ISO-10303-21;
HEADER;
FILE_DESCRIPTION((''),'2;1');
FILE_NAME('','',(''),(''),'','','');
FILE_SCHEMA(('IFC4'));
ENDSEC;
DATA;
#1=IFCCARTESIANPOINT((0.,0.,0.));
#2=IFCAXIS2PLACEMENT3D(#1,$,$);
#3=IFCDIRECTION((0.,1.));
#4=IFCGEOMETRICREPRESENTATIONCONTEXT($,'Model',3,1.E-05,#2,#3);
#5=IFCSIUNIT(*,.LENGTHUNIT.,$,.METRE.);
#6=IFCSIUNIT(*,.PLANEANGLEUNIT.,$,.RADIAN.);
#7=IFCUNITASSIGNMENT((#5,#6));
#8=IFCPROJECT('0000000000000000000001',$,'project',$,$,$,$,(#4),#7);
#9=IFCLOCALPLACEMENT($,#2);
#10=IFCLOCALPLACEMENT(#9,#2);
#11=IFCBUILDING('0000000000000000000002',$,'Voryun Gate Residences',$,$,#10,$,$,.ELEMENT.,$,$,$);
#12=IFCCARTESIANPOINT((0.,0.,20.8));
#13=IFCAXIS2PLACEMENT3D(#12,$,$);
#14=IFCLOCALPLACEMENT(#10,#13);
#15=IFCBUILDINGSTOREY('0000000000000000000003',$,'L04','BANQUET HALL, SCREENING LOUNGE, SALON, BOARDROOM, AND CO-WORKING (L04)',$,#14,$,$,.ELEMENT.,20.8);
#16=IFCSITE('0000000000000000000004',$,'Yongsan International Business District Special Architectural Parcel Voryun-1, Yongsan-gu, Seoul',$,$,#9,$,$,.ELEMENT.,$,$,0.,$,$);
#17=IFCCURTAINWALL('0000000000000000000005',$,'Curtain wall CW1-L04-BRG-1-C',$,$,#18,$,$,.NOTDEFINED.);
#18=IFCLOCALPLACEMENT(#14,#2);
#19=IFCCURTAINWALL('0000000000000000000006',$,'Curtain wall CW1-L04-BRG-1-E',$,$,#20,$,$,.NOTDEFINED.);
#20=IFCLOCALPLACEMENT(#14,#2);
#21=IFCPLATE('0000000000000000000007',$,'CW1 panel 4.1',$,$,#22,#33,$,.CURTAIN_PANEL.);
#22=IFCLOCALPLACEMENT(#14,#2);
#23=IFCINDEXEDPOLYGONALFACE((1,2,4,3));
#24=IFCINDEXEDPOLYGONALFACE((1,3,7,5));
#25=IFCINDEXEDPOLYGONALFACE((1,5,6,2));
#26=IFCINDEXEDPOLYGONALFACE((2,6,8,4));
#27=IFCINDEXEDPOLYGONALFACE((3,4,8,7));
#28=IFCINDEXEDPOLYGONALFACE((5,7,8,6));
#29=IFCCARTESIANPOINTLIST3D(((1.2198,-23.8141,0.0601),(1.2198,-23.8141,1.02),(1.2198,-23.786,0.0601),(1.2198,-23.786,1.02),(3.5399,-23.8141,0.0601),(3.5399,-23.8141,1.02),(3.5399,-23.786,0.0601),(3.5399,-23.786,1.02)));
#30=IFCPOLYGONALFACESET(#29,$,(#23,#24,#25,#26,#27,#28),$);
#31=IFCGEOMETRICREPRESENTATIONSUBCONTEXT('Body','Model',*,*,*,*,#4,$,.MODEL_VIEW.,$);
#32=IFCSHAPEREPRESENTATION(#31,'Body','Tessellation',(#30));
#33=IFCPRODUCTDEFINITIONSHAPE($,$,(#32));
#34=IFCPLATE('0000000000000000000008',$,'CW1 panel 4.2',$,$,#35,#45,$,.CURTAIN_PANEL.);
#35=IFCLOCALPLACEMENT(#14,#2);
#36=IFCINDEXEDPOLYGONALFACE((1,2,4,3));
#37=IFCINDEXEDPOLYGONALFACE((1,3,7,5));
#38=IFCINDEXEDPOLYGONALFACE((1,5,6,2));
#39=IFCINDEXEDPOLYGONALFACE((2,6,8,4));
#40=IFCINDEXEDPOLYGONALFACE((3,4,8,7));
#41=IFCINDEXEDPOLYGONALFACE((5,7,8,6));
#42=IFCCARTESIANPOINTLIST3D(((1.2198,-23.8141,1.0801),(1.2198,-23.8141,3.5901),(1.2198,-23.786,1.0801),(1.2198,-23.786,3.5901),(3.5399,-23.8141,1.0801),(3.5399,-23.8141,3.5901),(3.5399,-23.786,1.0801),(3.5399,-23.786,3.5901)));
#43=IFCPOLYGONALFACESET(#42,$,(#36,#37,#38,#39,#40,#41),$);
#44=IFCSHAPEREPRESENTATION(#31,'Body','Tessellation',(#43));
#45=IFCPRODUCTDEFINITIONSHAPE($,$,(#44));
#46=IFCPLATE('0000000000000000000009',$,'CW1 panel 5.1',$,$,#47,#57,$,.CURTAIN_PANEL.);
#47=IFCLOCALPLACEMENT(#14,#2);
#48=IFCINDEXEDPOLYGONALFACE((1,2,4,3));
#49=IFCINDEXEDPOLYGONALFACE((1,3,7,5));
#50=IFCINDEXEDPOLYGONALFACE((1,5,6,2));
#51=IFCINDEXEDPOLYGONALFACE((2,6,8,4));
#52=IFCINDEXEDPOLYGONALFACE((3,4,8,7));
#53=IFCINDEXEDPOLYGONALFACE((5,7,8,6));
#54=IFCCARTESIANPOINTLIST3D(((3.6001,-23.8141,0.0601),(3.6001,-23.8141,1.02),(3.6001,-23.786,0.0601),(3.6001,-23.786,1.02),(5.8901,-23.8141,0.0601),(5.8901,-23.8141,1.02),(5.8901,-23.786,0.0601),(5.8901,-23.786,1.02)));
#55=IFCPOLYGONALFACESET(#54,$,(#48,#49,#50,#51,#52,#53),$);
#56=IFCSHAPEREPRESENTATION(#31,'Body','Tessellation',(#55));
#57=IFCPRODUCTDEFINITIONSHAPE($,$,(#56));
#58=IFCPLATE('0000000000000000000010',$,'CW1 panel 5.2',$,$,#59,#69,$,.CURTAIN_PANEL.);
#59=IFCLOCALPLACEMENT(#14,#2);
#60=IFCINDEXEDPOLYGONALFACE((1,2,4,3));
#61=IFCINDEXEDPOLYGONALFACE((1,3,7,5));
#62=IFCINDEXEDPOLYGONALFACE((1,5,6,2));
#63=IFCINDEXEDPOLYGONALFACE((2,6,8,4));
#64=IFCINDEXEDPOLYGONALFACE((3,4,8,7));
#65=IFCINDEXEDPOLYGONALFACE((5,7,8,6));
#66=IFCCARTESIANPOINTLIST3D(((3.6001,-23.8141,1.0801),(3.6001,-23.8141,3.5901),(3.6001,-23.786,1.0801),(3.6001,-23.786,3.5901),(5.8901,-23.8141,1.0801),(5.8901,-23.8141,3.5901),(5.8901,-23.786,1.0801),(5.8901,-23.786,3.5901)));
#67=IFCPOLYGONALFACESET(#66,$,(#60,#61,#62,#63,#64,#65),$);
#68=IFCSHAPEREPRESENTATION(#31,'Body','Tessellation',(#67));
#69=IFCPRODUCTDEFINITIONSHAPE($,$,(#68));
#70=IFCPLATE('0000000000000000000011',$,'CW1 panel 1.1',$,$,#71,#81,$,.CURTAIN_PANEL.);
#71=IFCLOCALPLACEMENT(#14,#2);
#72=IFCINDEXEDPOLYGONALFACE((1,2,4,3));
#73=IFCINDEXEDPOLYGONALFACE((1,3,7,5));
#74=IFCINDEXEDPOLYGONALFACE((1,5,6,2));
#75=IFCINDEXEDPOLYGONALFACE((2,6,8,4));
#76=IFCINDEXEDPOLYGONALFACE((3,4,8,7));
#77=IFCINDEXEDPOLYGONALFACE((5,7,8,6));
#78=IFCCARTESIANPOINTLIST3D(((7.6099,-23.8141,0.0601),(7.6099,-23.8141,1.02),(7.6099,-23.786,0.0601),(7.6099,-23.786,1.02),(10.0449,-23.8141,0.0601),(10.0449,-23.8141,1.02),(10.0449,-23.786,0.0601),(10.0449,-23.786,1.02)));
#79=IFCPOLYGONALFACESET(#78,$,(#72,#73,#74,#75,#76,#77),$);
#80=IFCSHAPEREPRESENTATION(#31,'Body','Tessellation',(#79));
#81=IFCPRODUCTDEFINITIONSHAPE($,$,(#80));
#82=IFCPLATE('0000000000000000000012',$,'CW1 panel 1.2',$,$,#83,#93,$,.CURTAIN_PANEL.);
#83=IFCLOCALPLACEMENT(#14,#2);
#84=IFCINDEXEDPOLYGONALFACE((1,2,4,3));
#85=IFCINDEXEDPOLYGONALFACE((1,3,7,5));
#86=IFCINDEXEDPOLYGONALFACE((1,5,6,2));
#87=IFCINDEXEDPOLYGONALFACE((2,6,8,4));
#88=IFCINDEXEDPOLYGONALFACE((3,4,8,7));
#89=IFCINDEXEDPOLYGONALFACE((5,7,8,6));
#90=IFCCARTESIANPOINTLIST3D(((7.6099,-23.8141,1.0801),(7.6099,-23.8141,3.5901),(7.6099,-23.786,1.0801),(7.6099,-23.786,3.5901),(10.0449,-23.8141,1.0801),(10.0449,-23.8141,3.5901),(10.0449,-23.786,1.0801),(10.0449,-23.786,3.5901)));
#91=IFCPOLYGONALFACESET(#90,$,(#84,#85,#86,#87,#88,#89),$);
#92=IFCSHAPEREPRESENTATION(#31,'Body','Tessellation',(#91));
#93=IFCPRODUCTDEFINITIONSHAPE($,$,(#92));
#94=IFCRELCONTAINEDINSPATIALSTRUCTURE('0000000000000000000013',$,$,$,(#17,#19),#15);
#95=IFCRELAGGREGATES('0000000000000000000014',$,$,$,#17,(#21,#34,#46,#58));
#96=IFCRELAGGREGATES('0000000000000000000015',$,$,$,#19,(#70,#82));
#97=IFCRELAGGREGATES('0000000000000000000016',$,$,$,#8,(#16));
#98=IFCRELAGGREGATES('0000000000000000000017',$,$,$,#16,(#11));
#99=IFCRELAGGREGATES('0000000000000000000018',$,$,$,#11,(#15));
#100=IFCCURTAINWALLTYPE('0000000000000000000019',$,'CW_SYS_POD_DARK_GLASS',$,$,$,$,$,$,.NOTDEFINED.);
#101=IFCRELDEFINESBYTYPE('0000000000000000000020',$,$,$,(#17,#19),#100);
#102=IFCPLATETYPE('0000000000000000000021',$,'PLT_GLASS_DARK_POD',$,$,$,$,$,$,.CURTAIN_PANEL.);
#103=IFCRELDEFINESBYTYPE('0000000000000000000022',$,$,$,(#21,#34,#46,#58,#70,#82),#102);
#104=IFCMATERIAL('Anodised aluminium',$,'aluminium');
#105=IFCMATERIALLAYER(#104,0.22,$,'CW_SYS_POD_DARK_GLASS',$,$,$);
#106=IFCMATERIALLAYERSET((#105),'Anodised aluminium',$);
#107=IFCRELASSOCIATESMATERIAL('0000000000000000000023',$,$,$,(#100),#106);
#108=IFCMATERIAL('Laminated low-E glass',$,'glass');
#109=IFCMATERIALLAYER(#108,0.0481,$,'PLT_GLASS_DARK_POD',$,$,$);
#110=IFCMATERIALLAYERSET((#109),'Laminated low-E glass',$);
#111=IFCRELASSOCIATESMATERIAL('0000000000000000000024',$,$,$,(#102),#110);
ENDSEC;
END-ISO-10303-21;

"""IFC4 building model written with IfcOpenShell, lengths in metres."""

from ifc_helpers import new_model, si_unit, direction, frame, origin, origin_2d, place, context, subcontext, project, spatial, rectangle, extrude, material, layer, layer_set, type_object, element, aggregate, save


model = new_model("IFC4")

# Units and contexts
model_context = context("Model", 3, precision=1e-05, world=origin(), true_north=direction((0.0, 1.0)))
body_context = subcontext(model_context, "Body", "Model", "MODEL_VIEW")
ifc_project = project(units=[si_unit("LENGTHUNIT", "METRE"), si_unit("PLANEANGLEUNIT", "RADIAN")], contexts=[model_context])

# Site, building, storey
site_placement = place(None, origin())
site = spatial("IfcSite", under=ifc_project, at=site_placement, Name="Yongsan International Business District Special Architectural Parcel Voryun-1, Yongsan-gu, Seoul", CompositionType="ELEMENT", RefElevation=0.0)
building_placement = place(site_placement, origin())
building = spatial("IfcBuilding", under=site, at=building_placement, Name="Voryun Gate Residences", CompositionType="ELEMENT")
storey_placement = place(building_placement, frame((0.0, 0.0, 20.8)))
storey = spatial("IfcBuildingStorey", under=building, at=storey_placement, Name="L04", Description="BANQUET HALL, SCREENING LOUNGE, SALON, BOARDROOM, AND CO-WORKING (L04)", CompositionType="ELEMENT", Elevation=20.8)

# Curtain walls
ifc_material_1 = material(Name="Anodised aluminium", Category="aluminium")
ifc_layer_1 = layer(ifc_material_1, 0.22, Name="CW_SYS_POD_DARK_GLASS")
ifc_layer_set_1 = layer_set([ifc_layer_1], Name="Anodised aluminium")
curtain_wall_type = type_object("IfcCurtainWallType", Name="CW_SYS_POD_DARK_GLASS", PredefinedType="NOTDEFINED", material=ifc_layer_set_1)
curtain_wall_1_placement = place(storey_placement, origin())
curtain_wall_1 = element("IfcCurtainWall", 1, at=curtain_wall_1_placement, inside=storey, type_object=curtain_wall_type, Name="Curtain wall CW1-L04-BRG-1-C", PredefinedType="NOTDEFINED")
curtain_wall_2_placement = place(storey_placement, origin())
curtain_wall_2 = element("IfcCurtainWall", 2, at=curtain_wall_2_placement, inside=storey, type_object=curtain_wall_type, Name="Curtain wall CW1-L04-BRG-1-E", PredefinedType="NOTDEFINED")

# Plates
ifc_material_2 = material(Name="Laminated low-E glass", Category="glass")
ifc_layer_2 = layer(ifc_material_2, 0.0481, Name="PLT_GLASS_DARK_POD")
ifc_layer_set_2 = layer_set([ifc_layer_2], Name="Laminated low-E glass")
plate_type = type_object("IfcPlateType", Name="PLT_GLASS_DARK_POD", PredefinedType="CURTAIN_PANEL", material=ifc_layer_set_2)
plate_1_placement = place(storey_placement, frame((2.3799, -23.8, 0.0601), z_axis=(0.0, 0.0, 1.0), x_axis=(1.0, 0.0, 0.0)))
plate_1 = element("IfcPlate", 3, at=plate_1_placement, type_object=plate_type, Name="CW1 panel 4.1", PredefinedType="CURTAIN_PANEL", context=body_context, shape_type="SweptSolid", body=[
    extrude(rectangle(XDim=2.3201, YDim=0.0281, at=origin_2d()), origin(), (0.0, 0.0, 1.0), 0.96),
])
plate_2_placement = place(storey_placement, frame((2.3799, -23.8, 1.0801), z_axis=(0.0, 0.0, 1.0), x_axis=(1.0, 0.0, 0.0)))
plate_2 = element("IfcPlate", 4, at=plate_2_placement, type_object=plate_type, Name="CW1 panel 4.2", PredefinedType="CURTAIN_PANEL", context=body_context, shape_type="SweptSolid", body=[
    extrude(rectangle(XDim=2.3201, YDim=0.0281, at=origin_2d()), origin(), (0.0, 0.0, 1.0), 2.51),
])
plate_3_placement = place(storey_placement, frame((4.7451, -23.8, 0.0601), z_axis=(0.0, 0.0, 1.0), x_axis=(1.0, 0.0, 0.0)))
plate_3 = element("IfcPlate", 5, at=plate_3_placement, type_object=plate_type, Name="CW1 panel 5.1", PredefinedType="CURTAIN_PANEL", context=body_context, shape_type="SweptSolid", body=[
    extrude(rectangle(XDim=2.29, YDim=0.0281, at=origin_2d()), origin(), (0.0, 0.0, 1.0), 0.96),
])
plate_4_placement = place(storey_placement, frame((4.7451, -23.8, 1.0801), z_axis=(0.0, 0.0, 1.0), x_axis=(1.0, 0.0, 0.0)))
plate_4 = element("IfcPlate", 6, at=plate_4_placement, type_object=plate_type, Name="CW1 panel 5.2", PredefinedType="CURTAIN_PANEL", context=body_context, shape_type="SweptSolid", body=[
    extrude(rectangle(XDim=2.29, YDim=0.0281, at=origin_2d()), origin(), (0.0, 0.0, 1.0), 2.51),
])
aggregate(curtain_wall_1, [plate_1, plate_2, plate_3, plate_4])
plate_5_placement = place(storey_placement, frame((8.8274, -23.8, 0.0601), z_axis=(0.0, 0.0, 1.0), x_axis=(1.0, 0.0, 0.0)))
plate_5 = element("IfcPlate", 7, at=plate_5_placement, type_object=plate_type, Name="CW1 panel 1.1", PredefinedType="CURTAIN_PANEL", context=body_context, shape_type="SweptSolid", body=[
    extrude(rectangle(XDim=2.4351, YDim=0.0281, at=origin_2d()), origin(), (0.0, 0.0, 1.0), 0.96),
])
plate_6_placement = place(storey_placement, frame((8.8274, -23.8, 1.0801), z_axis=(0.0, 0.0, 1.0), x_axis=(1.0, 0.0, 0.0)))
plate_6 = element("IfcPlate", 8, at=plate_6_placement, type_object=plate_type, Name="CW1 panel 1.2", PredefinedType="CURTAIN_PANEL", context=body_context, shape_type="SweptSolid", body=[
    extrude(rectangle(XDim=2.4351, YDim=0.0281, at=origin_2d()), origin(), (0.0, 0.0, 1.0), 2.51),
])
aggregate(curtain_wall_2, [plate_5, plate_6])

save(model, "model.ifc")
